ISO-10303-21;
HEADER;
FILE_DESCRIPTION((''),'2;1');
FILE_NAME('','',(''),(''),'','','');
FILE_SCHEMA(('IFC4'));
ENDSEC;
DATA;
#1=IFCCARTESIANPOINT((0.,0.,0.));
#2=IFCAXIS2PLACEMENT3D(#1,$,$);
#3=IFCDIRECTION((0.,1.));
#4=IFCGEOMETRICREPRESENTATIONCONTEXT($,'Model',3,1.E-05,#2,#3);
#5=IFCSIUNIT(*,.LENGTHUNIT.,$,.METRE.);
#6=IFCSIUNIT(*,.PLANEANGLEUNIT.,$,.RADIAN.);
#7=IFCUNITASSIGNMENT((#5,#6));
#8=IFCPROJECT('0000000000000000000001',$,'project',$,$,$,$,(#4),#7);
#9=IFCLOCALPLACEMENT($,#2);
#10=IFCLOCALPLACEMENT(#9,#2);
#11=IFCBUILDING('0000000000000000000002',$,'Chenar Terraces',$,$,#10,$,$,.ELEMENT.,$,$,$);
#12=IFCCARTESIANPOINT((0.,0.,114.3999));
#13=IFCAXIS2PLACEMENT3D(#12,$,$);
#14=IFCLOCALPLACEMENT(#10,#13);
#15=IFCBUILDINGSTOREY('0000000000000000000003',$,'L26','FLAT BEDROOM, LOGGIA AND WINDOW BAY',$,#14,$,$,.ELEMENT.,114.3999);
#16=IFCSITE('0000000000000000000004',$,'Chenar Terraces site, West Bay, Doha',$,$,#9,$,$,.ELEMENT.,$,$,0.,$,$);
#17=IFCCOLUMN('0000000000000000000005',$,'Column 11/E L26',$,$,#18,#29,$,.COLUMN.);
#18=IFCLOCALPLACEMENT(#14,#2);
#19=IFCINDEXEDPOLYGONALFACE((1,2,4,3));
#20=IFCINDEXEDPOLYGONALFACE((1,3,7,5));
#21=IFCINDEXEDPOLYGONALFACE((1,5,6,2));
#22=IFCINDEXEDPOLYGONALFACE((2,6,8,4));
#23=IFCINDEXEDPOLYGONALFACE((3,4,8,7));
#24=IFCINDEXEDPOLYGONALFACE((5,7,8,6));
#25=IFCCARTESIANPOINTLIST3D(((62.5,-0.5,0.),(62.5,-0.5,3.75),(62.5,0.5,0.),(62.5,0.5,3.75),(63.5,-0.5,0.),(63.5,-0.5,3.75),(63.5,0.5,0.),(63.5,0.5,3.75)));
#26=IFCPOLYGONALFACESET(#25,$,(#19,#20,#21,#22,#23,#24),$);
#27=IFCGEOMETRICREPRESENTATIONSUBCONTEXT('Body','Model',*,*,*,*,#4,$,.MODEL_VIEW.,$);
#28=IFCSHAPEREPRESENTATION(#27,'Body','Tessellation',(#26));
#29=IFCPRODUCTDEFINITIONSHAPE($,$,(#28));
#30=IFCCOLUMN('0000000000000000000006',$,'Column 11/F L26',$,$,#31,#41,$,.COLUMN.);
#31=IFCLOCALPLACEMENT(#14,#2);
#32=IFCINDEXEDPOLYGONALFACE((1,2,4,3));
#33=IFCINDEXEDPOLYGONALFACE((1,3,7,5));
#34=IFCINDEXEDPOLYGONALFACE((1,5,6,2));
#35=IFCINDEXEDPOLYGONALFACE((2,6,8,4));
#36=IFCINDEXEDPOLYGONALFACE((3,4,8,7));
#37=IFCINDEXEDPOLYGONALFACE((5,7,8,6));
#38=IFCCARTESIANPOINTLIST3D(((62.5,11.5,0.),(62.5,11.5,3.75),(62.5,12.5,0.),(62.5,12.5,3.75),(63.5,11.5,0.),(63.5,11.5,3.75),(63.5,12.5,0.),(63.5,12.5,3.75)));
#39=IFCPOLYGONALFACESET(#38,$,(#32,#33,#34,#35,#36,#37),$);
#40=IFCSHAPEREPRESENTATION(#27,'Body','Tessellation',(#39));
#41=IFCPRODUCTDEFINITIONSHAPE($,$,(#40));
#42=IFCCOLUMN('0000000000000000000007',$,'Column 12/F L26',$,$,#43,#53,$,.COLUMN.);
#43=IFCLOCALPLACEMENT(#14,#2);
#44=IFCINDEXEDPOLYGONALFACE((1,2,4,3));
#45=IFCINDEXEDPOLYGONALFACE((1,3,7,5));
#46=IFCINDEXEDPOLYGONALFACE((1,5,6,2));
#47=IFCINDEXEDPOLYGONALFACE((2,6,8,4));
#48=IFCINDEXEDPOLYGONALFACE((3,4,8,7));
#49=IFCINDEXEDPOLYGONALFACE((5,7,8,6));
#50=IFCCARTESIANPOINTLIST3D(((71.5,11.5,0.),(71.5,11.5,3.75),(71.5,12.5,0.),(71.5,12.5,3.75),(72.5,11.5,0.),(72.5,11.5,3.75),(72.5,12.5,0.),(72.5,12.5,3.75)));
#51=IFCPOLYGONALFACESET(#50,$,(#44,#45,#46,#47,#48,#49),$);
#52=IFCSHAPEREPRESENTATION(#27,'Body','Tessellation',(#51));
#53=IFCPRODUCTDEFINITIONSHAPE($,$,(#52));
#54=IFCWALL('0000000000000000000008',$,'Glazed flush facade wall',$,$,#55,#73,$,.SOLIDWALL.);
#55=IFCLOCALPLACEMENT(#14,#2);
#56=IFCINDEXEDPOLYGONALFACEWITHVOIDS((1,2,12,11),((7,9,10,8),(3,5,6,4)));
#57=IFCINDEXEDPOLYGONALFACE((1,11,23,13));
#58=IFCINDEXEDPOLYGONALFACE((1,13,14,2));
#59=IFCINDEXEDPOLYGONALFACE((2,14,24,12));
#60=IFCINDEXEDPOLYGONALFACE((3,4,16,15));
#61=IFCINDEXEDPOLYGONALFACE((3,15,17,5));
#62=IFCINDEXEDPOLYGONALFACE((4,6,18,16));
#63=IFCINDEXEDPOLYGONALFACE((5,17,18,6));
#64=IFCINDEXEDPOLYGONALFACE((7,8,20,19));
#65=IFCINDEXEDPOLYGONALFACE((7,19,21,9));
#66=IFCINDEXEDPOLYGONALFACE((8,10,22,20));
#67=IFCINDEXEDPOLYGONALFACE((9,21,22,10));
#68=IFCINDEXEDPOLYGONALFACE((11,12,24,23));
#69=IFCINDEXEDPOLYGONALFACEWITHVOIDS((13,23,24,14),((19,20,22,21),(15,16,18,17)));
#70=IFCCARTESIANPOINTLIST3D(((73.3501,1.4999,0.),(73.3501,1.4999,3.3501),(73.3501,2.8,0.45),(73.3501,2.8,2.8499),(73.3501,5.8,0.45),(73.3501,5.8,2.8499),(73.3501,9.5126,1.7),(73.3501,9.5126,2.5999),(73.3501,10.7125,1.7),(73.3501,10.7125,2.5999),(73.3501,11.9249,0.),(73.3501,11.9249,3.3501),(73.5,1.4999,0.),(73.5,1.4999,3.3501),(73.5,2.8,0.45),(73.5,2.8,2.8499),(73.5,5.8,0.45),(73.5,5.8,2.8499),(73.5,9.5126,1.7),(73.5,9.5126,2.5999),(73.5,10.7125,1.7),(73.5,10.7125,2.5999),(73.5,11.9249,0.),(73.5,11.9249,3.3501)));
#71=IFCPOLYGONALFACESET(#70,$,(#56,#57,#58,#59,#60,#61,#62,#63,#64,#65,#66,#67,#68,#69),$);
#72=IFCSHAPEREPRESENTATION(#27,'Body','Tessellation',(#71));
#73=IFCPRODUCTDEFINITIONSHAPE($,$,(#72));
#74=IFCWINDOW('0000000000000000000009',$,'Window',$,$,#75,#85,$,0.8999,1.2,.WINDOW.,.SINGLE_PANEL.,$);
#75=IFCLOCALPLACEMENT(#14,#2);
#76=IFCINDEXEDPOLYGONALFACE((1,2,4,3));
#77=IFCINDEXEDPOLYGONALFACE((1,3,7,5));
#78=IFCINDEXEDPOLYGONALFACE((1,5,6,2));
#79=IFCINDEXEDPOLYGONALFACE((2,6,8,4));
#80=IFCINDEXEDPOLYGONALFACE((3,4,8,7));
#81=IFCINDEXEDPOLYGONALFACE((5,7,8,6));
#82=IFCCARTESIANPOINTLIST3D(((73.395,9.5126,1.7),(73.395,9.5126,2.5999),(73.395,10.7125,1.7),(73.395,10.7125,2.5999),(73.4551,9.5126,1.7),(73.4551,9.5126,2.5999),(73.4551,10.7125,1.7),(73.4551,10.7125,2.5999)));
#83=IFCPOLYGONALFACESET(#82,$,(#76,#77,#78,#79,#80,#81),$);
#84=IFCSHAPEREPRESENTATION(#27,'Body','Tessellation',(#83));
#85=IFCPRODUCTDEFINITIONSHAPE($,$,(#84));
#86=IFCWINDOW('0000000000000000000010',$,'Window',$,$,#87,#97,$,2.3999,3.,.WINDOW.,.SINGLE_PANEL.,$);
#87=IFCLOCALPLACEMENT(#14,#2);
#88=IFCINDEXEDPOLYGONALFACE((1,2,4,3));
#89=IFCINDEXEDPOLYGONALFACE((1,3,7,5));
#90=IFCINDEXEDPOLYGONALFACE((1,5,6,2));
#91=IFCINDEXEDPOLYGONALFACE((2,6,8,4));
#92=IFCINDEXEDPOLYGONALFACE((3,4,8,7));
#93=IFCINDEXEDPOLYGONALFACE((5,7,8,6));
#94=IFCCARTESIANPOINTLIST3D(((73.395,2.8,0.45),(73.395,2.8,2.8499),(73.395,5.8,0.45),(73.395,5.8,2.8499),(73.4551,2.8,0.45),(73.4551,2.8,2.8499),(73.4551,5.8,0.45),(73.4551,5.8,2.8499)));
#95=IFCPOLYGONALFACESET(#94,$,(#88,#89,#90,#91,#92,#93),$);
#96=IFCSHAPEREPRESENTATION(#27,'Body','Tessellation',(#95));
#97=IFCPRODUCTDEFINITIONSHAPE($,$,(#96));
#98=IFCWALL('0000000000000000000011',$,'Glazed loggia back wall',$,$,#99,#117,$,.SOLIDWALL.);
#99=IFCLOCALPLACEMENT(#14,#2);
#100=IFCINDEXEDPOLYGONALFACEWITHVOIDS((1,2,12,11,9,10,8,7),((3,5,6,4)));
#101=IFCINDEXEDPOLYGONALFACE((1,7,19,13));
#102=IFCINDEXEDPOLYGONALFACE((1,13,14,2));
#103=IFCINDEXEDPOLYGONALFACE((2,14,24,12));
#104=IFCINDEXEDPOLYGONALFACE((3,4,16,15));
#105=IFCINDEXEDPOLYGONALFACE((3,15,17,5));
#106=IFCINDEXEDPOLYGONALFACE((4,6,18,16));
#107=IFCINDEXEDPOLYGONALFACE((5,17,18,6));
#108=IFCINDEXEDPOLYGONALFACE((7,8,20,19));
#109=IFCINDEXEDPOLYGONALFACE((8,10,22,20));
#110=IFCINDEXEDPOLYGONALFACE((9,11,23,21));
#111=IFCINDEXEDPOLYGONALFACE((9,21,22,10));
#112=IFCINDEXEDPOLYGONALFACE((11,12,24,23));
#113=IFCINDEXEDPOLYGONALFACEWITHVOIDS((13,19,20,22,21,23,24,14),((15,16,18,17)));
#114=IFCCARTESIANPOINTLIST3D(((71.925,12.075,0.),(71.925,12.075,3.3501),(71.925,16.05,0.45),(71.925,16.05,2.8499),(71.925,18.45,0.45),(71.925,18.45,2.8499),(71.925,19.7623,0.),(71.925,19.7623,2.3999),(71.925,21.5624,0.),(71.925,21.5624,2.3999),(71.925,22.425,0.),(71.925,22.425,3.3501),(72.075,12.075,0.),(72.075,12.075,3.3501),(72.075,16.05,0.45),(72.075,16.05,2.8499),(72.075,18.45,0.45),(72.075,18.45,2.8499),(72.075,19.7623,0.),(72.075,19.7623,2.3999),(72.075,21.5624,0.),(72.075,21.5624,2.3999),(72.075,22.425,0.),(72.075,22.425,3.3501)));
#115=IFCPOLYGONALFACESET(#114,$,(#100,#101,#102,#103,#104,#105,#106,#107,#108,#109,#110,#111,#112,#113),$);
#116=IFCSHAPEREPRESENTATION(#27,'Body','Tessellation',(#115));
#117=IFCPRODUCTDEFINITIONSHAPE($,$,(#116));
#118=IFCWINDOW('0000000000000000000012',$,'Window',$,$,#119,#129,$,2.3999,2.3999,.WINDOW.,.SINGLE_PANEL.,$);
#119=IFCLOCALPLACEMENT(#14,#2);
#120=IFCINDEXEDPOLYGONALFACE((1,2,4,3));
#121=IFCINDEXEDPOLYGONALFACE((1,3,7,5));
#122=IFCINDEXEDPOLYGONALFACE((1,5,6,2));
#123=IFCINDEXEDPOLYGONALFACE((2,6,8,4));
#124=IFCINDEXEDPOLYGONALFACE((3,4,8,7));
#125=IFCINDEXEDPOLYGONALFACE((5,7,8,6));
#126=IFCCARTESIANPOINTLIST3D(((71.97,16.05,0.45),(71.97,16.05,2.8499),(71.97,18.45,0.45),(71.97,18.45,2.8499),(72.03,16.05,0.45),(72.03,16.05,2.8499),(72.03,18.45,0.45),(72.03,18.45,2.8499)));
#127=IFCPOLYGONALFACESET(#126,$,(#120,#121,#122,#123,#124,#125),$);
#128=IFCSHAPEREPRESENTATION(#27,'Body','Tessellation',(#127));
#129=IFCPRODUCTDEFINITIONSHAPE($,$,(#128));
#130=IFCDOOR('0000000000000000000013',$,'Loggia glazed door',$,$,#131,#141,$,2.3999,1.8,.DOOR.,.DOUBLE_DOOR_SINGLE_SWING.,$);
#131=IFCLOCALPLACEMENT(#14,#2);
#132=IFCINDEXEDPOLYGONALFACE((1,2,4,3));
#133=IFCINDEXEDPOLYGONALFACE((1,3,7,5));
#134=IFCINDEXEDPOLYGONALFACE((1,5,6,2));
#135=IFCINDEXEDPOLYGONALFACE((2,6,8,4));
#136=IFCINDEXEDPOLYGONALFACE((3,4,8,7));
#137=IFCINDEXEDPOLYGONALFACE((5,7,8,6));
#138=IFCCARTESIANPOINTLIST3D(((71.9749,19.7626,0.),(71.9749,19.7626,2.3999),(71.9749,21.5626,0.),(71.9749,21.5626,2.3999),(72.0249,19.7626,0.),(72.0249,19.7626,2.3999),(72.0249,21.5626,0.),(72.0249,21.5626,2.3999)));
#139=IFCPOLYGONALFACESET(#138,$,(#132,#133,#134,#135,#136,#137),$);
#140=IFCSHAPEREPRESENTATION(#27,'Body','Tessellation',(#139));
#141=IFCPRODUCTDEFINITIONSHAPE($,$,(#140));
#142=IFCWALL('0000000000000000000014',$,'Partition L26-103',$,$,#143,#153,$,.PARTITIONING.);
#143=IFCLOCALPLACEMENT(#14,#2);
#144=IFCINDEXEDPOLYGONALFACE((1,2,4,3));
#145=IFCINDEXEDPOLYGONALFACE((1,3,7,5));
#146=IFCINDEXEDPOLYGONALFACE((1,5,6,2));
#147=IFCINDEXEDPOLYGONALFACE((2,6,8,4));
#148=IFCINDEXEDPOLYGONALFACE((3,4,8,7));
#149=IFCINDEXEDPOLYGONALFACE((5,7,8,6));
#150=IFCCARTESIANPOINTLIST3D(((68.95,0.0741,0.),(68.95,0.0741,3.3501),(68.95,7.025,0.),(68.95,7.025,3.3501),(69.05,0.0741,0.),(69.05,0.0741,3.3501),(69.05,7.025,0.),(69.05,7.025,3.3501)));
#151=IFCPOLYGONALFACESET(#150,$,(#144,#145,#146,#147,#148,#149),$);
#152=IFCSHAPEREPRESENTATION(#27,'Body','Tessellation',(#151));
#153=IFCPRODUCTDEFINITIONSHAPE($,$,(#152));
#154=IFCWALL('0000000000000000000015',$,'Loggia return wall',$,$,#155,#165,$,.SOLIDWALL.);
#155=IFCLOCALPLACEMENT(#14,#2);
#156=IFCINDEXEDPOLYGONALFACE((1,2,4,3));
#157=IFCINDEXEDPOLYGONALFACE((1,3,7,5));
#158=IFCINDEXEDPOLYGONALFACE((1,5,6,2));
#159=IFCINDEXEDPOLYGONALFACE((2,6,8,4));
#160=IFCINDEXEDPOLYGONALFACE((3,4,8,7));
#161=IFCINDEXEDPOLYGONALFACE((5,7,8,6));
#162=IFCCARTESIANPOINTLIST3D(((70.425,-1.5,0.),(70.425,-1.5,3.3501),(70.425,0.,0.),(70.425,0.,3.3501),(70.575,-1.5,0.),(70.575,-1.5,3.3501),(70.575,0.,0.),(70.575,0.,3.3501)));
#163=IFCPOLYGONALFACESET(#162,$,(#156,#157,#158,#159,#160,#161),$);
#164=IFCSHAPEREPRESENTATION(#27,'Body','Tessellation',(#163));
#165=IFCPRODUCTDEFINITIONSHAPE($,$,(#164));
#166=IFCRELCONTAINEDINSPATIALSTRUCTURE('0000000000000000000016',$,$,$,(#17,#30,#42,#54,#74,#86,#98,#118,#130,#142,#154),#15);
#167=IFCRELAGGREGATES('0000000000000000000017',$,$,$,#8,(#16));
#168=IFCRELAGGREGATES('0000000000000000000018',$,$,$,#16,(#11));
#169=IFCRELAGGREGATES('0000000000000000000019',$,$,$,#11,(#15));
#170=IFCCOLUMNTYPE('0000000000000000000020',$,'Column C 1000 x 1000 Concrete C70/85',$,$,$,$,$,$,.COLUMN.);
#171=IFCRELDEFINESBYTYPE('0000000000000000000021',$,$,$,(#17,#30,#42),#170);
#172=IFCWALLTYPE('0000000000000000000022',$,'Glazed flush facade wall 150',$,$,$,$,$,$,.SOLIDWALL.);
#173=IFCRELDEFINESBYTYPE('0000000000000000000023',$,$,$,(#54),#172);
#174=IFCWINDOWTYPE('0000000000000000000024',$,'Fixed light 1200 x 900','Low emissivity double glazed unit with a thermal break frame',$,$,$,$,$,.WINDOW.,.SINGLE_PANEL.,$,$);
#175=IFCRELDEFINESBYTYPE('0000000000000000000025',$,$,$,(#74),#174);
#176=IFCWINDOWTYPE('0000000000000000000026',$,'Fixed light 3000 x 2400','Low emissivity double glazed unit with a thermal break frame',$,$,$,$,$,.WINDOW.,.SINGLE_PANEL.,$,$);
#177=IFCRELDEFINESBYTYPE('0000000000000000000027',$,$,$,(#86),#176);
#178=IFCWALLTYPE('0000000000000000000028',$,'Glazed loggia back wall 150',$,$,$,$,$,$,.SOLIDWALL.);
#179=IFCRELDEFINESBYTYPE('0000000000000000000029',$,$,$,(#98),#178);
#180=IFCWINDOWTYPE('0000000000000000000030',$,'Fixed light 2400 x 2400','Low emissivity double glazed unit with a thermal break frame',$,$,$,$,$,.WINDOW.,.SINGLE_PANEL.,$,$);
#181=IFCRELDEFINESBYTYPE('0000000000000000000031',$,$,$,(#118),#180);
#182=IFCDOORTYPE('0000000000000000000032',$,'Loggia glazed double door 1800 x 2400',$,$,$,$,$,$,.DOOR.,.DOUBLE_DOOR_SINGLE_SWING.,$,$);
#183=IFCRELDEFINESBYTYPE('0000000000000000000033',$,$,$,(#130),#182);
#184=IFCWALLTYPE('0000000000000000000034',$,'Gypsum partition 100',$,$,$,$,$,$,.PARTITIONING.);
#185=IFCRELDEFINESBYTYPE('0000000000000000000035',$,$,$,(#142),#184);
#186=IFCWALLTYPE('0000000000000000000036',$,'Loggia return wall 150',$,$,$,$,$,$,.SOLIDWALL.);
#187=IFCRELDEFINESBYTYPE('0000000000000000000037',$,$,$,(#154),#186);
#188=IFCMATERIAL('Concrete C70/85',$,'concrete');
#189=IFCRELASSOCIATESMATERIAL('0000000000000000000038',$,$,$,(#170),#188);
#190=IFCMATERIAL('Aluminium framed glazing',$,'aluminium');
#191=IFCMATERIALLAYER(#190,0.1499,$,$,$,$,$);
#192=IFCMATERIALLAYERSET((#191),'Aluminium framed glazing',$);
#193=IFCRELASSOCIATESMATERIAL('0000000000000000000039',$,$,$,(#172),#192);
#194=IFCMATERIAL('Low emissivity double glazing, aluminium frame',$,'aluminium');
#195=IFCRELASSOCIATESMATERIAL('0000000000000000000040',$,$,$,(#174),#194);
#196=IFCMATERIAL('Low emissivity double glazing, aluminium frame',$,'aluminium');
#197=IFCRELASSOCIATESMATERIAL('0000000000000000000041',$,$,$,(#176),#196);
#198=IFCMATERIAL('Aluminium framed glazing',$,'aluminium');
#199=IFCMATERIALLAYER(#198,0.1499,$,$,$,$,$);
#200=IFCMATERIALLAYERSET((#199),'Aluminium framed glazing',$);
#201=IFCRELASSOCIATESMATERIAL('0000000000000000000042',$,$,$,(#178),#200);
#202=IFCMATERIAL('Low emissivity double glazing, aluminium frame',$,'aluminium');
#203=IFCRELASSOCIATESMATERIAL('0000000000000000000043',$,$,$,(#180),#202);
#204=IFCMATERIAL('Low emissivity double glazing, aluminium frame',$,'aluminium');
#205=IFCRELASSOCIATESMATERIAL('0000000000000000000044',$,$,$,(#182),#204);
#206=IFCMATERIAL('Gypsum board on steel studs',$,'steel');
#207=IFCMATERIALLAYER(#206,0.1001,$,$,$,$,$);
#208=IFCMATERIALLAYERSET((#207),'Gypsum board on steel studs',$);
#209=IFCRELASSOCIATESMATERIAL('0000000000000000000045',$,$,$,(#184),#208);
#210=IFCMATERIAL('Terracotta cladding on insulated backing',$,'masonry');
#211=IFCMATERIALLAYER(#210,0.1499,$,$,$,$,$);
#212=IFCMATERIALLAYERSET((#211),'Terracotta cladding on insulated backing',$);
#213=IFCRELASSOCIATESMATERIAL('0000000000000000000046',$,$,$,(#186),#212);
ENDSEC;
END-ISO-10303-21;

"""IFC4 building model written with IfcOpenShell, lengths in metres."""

from ifc_helpers import new_model, si_unit, direction, frame, frame_2d, origin, origin_2d, place, context, subcontext, project, spatial, rectangle, extrude, material, layer, layer_set, material_profile, profile_set, type_object, element, fill, save


model = new_model("IFC4")

# Units and contexts
model_context = context("Model", 3, precision=1e-05, world=origin(), true_north=direction((0.0, 1.0)))
body_context = subcontext(model_context, "Body", "Model", "MODEL_VIEW")
ifc_project = project(units=[si_unit("LENGTHUNIT", "METRE"), si_unit("PLANEANGLEUNIT", "RADIAN")], contexts=[model_context])

# Site, building, storey
site_placement = place(None, origin())
site = spatial("IfcSite", under=ifc_project, at=site_placement, Name="Chenar Terraces site, West Bay, Doha", CompositionType="ELEMENT", RefElevation=0.0)
building_placement = place(site_placement, origin())
building = spatial("IfcBuilding", under=site, at=building_placement, Name="Chenar Terraces", CompositionType="ELEMENT")
storey_placement = place(building_placement, frame((0.0, 0.0, 114.3999)))
storey = spatial("IfcBuildingStorey", under=building, at=storey_placement, Name="L26", Description="FLAT BEDROOM, LOGGIA AND WINDOW BAY", CompositionType="ELEMENT", Elevation=114.3999)

# Columns
ifc_material_1 = material(Name="Concrete C70/85", Category="concrete")
ifc_material_profile_1 = material_profile(ifc_material_1, rectangle(XDim=1.0, YDim=1.0, at=origin_2d()), Name="C 1000 x 1000")
ifc_profile_set_1 = profile_set([ifc_material_profile_1], Name="Concrete C70/85")
column_type = type_object("IfcColumnType", Name="Column C 1000 x 1000 Concrete C70/85", PredefinedType="COLUMN", material=ifc_profile_set_1)
for number, where, z_axis, x_axis, name in (
    (1, (63.0, 0.0, 0.0), (0.0, 0.0, 1.0), (1.0, 0.0, 0.0), "Column 11/E L26"),
    (2, (63.0, 12.0, 0.0), (0.0, 0.0, 1.0), (1.0, 0.0, 0.0), "Column 11/F L26"),
    (3, (72.0, 12.0, 0.0), (0.0, 0.0, 1.0), (1.0, 0.0, 0.0), "Column 12/F L26"),
):
    element("IfcColumn", number, at=place(storey_placement, frame(where, z_axis=z_axis, x_axis=x_axis)), inside=storey, type_object=column_type, Name=name, PredefinedType="COLUMN", context=body_context, shape_type="SweptSolid", body=[
        extrude(rectangle(XDim=1.0, YDim=1.0, at=origin_2d()), origin(), (0.0, 0.0, 1.0), 3.75),
    ])

# Wall, openings, windows
ifc_material_2 = material(Name="Aluminium framed glazing", Category="aluminium")
ifc_layer_1 = layer(ifc_material_2, 0.1499)
ifc_layer_set_1 = layer_set([ifc_layer_1], Name="Aluminium framed glazing")
wall_type_1 = type_object("IfcWallType", Name="Glazed flush facade wall 150", PredefinedType="SOLIDWALL", material=ifc_layer_set_1)
wall_1_placement = place(storey_placement, frame((73.425, 1.5, 0.0), z_axis=(0.0, 0.0, 1.0), x_axis=(0.0, 1.0, 0.0)))
wall_1 = element("IfcWall", 4, at=wall_1_placement, inside=storey, type_object=wall_type_1, Name="Glazed flush facade wall", PredefinedType="SOLIDWALL", context=body_context, shape_type="SweptSolid", body=[
    extrude(rectangle(XDim=10.425, YDim=0.1499, at=frame_2d((5.2124, 0.0))), origin(), (0.0, 0.0, 1.0), 3.3501),
])
opening_1_placement = place(wall_1_placement, frame((1.3, 0.0, 0.45)))
opening_1 = element("IfcOpeningElement", 5, at=opening_1_placement, cuts=wall_1, PredefinedType="OPENING", context=body_context, shape_type="SweptSolid", body=[
    extrude(rectangle(XDim=3.0, YDim=2.3999, at=frame_2d((1.5, 1.2))), frame((0.0, 0.085, 0.0), z_axis=(0.0, -1.0, 0.0), x_axis=(1.0, 0.0, 0.0)), (0.0, 0.0, 1.0), 0.1699),
])
opening_2_placement = place(wall_1_placement, frame((8.0125, 0.0, 1.7)))
opening_2 = element("IfcOpeningElement", 6, at=opening_2_placement, cuts=wall_1, PredefinedType="OPENING", context=body_context, shape_type="SweptSolid", body=[
    extrude(rectangle(XDim=1.2, YDim=0.8999, at=frame_2d((0.6001, 0.45))), frame((0.0, 0.085, 0.0), z_axis=(0.0, -1.0, 0.0), x_axis=(1.0, 0.0, 0.0)), (0.0, 0.0, 1.0), 0.1699),
])
ifc_material_3 = material(Name="Low emissivity double glazing, aluminium frame", Category="aluminium")
window_type_1 = type_object("IfcWindowType", Name="Fixed light 1200 x 900", Description="Low emissivity double glazed unit with a thermal break frame", PartitioningType="SINGLE_PANEL", PredefinedType="WINDOW", material=ifc_material_3)
window_1_placement = place(opening_2_placement, origin())
window_1 = element("IfcWindow", 7, at=window_1_placement, inside=storey, type_object=window_type_1, Name="Window", OverallHeight=0.8999, OverallWidth=1.2, PartitioningType="SINGLE_PANEL", PredefinedType="WINDOW", context=body_context, shape_type="SweptSolid", body=[
    extrude(rectangle(XDim=1.2, YDim=0.8999, at=frame_2d((0.6001, 0.45))), frame((0.0, 0.03, 0.0), z_axis=(0.0, -1.0, 0.0), x_axis=(1.0, 0.0, 0.0)), (0.0, 0.0, 1.0), 0.0601),
])
fill(opening_2, window_1)
ifc_material_4 = material(Name="Low emissivity double glazing, aluminium frame", Category="aluminium")
window_type_2 = type_object("IfcWindowType", Name="Fixed light 3000 x 2400", Description="Low emissivity double glazed unit with a thermal break frame", PartitioningType="SINGLE_PANEL", PredefinedType="WINDOW", material=ifc_material_4)
window_2_placement = place(opening_1_placement, origin())
window_2 = element("IfcWindow", 8, at=window_2_placement, inside=storey, type_object=window_type_2, Name="Window", OverallHeight=2.3999, OverallWidth=3.0, PartitioningType="SINGLE_PANEL", PredefinedType="WINDOW", context=body_context, shape_type="SweptSolid", body=[
    extrude(rectangle(XDim=3.0, YDim=2.3999, at=frame_2d((1.5, 1.2))), frame((0.0, 0.03, 0.0), z_axis=(0.0, -1.0, 0.0), x_axis=(1.0, 0.0, 0.0)), (0.0, 0.0, 1.0), 0.0601),
])
fill(opening_1, window_2)

# Wall, openings, window, door
ifc_material_5 = material(Name="Aluminium framed glazing", Category="aluminium")
ifc_layer_2 = layer(ifc_material_5, 0.1499)
ifc_layer_set_2 = layer_set([ifc_layer_2], Name="Aluminium framed glazing")
wall_type_2 = type_object("IfcWallType", Name="Glazed loggia back wall 150", PredefinedType="SOLIDWALL", material=ifc_layer_set_2)
wall_2_placement = place(storey_placement, frame((72.0, 12.075, 0.0), z_axis=(0.0, 0.0, 1.0), x_axis=(0.0, 1.0, 0.0)))
wall_2 = element("IfcWall", 9, at=wall_2_placement, inside=storey, type_object=wall_type_2, Name="Glazed loggia back wall", PredefinedType="SOLIDWALL", context=body_context, shape_type="SweptSolid", body=[
    extrude(rectangle(XDim=10.3501, YDim=0.1499, at=frame_2d((5.175, 0.0))), origin(), (0.0, 0.0, 1.0), 3.3501),
])
opening_3_placement = place(wall_2_placement, frame((3.9751, 0.0, 0.45)))
opening_3 = element("IfcOpeningElement", 10, at=opening_3_placement, cuts=wall_2, PredefinedType="OPENING", context=body_context, shape_type="SweptSolid", body=[
    extrude(rectangle(XDim=2.3999, YDim=2.3999, at=frame_2d((1.2, 1.2))), frame((0.0, 0.085, 0.0), z_axis=(0.0, -1.0, 0.0), x_axis=(1.0, 0.0, 0.0)), (0.0, 0.0, 1.0), 0.1699),
])
opening_4_placement = place(wall_2_placement, frame((7.6875, 0.0, 0.0)))
opening_4 = element("IfcOpeningElement", 11, at=opening_4_placement, cuts=wall_2, PredefinedType="OPENING", context=body_context, shape_type="SweptSolid", body=[
    extrude(rectangle(XDim=1.8, YDim=2.3999, at=frame_2d((0.8999, 1.2))), frame((0.0, 0.085, 0.0), z_axis=(0.0, -1.0, 0.0), x_axis=(1.0, 0.0, 0.0)), (0.0, 0.0, 1.0), 0.1699),
])
ifc_material_6 = material(Name="Low emissivity double glazing, aluminium frame", Category="aluminium")
window_type_3 = type_object("IfcWindowType", Name="Fixed light 2400 x 2400", Description="Low emissivity double glazed unit with a thermal break frame", PartitioningType="SINGLE_PANEL", PredefinedType="WINDOW", material=ifc_material_6)
window_3_placement = place(opening_3_placement, origin())
window_3 = element("IfcWindow", 12, at=window_3_placement, inside=storey, type_object=window_type_3, Name="Window", OverallHeight=2.3999, OverallWidth=2.3999, PartitioningType="SINGLE_PANEL", PredefinedType="WINDOW", context=body_context, shape_type="SweptSolid", body=[
    extrude(rectangle(XDim=2.3999, YDim=2.3999, at=frame_2d((1.2, 1.2))), frame((0.0, 0.03, 0.0), z_axis=(0.0, -1.0, 0.0), x_axis=(1.0, 0.0, 0.0)), (0.0, 0.0, 1.0), 0.0601),
])
fill(opening_3, window_3)
ifc_material_7 = material(Name="Low emissivity double glazing, aluminium frame", Category="aluminium")
door_type_1 = type_object("IfcDoorType", Name="Loggia glazed double door 1800 x 2400", OperationType="DOUBLE_DOOR_SINGLE_SWING", PredefinedType="DOOR", material=ifc_material_7)
door_1_placement = place(opening_4_placement, frame((1.8, 0.0, 0.0), z_axis=(0.0, 0.0, 1.0), x_axis=(-1.0, 0.0, 0.0)))
door_1 = element("IfcDoor", 13, at=door_1_placement, inside=storey, type_object=door_type_1, Name="Loggia glazed door", OperationType="DOUBLE_DOOR_SINGLE_SWING", OverallHeight=2.3999, OverallWidth=1.8, PredefinedType="DOOR", context=body_context, shape_type="SweptSolid", body=[
    extrude(rectangle(XDim=1.8, YDim=2.3999, at=frame_2d((0.8999, 1.2))), frame((0.0, 0.0249, 0.0), z_axis=(0.0, -1.0, 0.0), x_axis=(1.0, 0.0, 0.0)), (0.0, 0.0, 1.0), 0.05),
])
fill(opening_4, door_1)

# Walls
ifc_material_8 = material(Name="Gypsum board on steel studs", Category="steel")
ifc_layer_3 = layer(ifc_material_8, 0.1001)
ifc_layer_set_3 = layer_set([ifc_layer_3], Name="Gypsum board on steel studs")
wall_type_3 = type_object("IfcWallType", Name="Gypsum partition 100", PredefinedType="PARTITIONING", material=ifc_layer_set_3)
wall_3_placement = place(storey_placement, frame((69.0, 0.074, 0.0), z_axis=(0.0, 0.0, 1.0), x_axis=(0.0, 1.0, 0.0)))
element("IfcWall", 14, at=wall_3_placement, inside=storey, type_object=wall_type_3, Name="Partition L26-103", PredefinedType="PARTITIONING", context=body_context, shape_type="SweptSolid", body=[
    extrude(rectangle(XDim=6.9509, YDim=0.1001, at=frame_2d((3.4756, 0.0))), origin(), (0.0, 0.0, 1.0), 3.3501),
])
ifc_material_9 = material(Name="Terracotta cladding on insulated backing", Category="masonry")
ifc_layer_4 = layer(ifc_material_9, 0.1499)
ifc_layer_set_4 = layer_set([ifc_layer_4], Name="Terracotta cladding on insulated backing")
wall_type_4 = type_object("IfcWallType", Name="Loggia return wall 150", PredefinedType="SOLIDWALL", material=ifc_layer_set_4)
for number, where, z_axis, x_axis, name in (
    (15, (70.5, -1.5, 0.0), (0.0, 0.0, 1.0), (0.0, 1.0, 0.0), "Loggia return wall"),
):
    element("IfcWall", number, at=place(storey_placement, frame(where, z_axis=z_axis, x_axis=x_axis)), inside=storey, type_object=wall_type_4, Name=name, PredefinedType="SOLIDWALL", context=body_context, shape_type="SweptSolid", body=[
        extrude(rectangle(XDim=1.5, YDim=0.1499, at=frame_2d((0.75, 0.0))), origin(), (0.0, 0.0, 1.0), 3.3501),
    ])

save(model, "model.ifc")
